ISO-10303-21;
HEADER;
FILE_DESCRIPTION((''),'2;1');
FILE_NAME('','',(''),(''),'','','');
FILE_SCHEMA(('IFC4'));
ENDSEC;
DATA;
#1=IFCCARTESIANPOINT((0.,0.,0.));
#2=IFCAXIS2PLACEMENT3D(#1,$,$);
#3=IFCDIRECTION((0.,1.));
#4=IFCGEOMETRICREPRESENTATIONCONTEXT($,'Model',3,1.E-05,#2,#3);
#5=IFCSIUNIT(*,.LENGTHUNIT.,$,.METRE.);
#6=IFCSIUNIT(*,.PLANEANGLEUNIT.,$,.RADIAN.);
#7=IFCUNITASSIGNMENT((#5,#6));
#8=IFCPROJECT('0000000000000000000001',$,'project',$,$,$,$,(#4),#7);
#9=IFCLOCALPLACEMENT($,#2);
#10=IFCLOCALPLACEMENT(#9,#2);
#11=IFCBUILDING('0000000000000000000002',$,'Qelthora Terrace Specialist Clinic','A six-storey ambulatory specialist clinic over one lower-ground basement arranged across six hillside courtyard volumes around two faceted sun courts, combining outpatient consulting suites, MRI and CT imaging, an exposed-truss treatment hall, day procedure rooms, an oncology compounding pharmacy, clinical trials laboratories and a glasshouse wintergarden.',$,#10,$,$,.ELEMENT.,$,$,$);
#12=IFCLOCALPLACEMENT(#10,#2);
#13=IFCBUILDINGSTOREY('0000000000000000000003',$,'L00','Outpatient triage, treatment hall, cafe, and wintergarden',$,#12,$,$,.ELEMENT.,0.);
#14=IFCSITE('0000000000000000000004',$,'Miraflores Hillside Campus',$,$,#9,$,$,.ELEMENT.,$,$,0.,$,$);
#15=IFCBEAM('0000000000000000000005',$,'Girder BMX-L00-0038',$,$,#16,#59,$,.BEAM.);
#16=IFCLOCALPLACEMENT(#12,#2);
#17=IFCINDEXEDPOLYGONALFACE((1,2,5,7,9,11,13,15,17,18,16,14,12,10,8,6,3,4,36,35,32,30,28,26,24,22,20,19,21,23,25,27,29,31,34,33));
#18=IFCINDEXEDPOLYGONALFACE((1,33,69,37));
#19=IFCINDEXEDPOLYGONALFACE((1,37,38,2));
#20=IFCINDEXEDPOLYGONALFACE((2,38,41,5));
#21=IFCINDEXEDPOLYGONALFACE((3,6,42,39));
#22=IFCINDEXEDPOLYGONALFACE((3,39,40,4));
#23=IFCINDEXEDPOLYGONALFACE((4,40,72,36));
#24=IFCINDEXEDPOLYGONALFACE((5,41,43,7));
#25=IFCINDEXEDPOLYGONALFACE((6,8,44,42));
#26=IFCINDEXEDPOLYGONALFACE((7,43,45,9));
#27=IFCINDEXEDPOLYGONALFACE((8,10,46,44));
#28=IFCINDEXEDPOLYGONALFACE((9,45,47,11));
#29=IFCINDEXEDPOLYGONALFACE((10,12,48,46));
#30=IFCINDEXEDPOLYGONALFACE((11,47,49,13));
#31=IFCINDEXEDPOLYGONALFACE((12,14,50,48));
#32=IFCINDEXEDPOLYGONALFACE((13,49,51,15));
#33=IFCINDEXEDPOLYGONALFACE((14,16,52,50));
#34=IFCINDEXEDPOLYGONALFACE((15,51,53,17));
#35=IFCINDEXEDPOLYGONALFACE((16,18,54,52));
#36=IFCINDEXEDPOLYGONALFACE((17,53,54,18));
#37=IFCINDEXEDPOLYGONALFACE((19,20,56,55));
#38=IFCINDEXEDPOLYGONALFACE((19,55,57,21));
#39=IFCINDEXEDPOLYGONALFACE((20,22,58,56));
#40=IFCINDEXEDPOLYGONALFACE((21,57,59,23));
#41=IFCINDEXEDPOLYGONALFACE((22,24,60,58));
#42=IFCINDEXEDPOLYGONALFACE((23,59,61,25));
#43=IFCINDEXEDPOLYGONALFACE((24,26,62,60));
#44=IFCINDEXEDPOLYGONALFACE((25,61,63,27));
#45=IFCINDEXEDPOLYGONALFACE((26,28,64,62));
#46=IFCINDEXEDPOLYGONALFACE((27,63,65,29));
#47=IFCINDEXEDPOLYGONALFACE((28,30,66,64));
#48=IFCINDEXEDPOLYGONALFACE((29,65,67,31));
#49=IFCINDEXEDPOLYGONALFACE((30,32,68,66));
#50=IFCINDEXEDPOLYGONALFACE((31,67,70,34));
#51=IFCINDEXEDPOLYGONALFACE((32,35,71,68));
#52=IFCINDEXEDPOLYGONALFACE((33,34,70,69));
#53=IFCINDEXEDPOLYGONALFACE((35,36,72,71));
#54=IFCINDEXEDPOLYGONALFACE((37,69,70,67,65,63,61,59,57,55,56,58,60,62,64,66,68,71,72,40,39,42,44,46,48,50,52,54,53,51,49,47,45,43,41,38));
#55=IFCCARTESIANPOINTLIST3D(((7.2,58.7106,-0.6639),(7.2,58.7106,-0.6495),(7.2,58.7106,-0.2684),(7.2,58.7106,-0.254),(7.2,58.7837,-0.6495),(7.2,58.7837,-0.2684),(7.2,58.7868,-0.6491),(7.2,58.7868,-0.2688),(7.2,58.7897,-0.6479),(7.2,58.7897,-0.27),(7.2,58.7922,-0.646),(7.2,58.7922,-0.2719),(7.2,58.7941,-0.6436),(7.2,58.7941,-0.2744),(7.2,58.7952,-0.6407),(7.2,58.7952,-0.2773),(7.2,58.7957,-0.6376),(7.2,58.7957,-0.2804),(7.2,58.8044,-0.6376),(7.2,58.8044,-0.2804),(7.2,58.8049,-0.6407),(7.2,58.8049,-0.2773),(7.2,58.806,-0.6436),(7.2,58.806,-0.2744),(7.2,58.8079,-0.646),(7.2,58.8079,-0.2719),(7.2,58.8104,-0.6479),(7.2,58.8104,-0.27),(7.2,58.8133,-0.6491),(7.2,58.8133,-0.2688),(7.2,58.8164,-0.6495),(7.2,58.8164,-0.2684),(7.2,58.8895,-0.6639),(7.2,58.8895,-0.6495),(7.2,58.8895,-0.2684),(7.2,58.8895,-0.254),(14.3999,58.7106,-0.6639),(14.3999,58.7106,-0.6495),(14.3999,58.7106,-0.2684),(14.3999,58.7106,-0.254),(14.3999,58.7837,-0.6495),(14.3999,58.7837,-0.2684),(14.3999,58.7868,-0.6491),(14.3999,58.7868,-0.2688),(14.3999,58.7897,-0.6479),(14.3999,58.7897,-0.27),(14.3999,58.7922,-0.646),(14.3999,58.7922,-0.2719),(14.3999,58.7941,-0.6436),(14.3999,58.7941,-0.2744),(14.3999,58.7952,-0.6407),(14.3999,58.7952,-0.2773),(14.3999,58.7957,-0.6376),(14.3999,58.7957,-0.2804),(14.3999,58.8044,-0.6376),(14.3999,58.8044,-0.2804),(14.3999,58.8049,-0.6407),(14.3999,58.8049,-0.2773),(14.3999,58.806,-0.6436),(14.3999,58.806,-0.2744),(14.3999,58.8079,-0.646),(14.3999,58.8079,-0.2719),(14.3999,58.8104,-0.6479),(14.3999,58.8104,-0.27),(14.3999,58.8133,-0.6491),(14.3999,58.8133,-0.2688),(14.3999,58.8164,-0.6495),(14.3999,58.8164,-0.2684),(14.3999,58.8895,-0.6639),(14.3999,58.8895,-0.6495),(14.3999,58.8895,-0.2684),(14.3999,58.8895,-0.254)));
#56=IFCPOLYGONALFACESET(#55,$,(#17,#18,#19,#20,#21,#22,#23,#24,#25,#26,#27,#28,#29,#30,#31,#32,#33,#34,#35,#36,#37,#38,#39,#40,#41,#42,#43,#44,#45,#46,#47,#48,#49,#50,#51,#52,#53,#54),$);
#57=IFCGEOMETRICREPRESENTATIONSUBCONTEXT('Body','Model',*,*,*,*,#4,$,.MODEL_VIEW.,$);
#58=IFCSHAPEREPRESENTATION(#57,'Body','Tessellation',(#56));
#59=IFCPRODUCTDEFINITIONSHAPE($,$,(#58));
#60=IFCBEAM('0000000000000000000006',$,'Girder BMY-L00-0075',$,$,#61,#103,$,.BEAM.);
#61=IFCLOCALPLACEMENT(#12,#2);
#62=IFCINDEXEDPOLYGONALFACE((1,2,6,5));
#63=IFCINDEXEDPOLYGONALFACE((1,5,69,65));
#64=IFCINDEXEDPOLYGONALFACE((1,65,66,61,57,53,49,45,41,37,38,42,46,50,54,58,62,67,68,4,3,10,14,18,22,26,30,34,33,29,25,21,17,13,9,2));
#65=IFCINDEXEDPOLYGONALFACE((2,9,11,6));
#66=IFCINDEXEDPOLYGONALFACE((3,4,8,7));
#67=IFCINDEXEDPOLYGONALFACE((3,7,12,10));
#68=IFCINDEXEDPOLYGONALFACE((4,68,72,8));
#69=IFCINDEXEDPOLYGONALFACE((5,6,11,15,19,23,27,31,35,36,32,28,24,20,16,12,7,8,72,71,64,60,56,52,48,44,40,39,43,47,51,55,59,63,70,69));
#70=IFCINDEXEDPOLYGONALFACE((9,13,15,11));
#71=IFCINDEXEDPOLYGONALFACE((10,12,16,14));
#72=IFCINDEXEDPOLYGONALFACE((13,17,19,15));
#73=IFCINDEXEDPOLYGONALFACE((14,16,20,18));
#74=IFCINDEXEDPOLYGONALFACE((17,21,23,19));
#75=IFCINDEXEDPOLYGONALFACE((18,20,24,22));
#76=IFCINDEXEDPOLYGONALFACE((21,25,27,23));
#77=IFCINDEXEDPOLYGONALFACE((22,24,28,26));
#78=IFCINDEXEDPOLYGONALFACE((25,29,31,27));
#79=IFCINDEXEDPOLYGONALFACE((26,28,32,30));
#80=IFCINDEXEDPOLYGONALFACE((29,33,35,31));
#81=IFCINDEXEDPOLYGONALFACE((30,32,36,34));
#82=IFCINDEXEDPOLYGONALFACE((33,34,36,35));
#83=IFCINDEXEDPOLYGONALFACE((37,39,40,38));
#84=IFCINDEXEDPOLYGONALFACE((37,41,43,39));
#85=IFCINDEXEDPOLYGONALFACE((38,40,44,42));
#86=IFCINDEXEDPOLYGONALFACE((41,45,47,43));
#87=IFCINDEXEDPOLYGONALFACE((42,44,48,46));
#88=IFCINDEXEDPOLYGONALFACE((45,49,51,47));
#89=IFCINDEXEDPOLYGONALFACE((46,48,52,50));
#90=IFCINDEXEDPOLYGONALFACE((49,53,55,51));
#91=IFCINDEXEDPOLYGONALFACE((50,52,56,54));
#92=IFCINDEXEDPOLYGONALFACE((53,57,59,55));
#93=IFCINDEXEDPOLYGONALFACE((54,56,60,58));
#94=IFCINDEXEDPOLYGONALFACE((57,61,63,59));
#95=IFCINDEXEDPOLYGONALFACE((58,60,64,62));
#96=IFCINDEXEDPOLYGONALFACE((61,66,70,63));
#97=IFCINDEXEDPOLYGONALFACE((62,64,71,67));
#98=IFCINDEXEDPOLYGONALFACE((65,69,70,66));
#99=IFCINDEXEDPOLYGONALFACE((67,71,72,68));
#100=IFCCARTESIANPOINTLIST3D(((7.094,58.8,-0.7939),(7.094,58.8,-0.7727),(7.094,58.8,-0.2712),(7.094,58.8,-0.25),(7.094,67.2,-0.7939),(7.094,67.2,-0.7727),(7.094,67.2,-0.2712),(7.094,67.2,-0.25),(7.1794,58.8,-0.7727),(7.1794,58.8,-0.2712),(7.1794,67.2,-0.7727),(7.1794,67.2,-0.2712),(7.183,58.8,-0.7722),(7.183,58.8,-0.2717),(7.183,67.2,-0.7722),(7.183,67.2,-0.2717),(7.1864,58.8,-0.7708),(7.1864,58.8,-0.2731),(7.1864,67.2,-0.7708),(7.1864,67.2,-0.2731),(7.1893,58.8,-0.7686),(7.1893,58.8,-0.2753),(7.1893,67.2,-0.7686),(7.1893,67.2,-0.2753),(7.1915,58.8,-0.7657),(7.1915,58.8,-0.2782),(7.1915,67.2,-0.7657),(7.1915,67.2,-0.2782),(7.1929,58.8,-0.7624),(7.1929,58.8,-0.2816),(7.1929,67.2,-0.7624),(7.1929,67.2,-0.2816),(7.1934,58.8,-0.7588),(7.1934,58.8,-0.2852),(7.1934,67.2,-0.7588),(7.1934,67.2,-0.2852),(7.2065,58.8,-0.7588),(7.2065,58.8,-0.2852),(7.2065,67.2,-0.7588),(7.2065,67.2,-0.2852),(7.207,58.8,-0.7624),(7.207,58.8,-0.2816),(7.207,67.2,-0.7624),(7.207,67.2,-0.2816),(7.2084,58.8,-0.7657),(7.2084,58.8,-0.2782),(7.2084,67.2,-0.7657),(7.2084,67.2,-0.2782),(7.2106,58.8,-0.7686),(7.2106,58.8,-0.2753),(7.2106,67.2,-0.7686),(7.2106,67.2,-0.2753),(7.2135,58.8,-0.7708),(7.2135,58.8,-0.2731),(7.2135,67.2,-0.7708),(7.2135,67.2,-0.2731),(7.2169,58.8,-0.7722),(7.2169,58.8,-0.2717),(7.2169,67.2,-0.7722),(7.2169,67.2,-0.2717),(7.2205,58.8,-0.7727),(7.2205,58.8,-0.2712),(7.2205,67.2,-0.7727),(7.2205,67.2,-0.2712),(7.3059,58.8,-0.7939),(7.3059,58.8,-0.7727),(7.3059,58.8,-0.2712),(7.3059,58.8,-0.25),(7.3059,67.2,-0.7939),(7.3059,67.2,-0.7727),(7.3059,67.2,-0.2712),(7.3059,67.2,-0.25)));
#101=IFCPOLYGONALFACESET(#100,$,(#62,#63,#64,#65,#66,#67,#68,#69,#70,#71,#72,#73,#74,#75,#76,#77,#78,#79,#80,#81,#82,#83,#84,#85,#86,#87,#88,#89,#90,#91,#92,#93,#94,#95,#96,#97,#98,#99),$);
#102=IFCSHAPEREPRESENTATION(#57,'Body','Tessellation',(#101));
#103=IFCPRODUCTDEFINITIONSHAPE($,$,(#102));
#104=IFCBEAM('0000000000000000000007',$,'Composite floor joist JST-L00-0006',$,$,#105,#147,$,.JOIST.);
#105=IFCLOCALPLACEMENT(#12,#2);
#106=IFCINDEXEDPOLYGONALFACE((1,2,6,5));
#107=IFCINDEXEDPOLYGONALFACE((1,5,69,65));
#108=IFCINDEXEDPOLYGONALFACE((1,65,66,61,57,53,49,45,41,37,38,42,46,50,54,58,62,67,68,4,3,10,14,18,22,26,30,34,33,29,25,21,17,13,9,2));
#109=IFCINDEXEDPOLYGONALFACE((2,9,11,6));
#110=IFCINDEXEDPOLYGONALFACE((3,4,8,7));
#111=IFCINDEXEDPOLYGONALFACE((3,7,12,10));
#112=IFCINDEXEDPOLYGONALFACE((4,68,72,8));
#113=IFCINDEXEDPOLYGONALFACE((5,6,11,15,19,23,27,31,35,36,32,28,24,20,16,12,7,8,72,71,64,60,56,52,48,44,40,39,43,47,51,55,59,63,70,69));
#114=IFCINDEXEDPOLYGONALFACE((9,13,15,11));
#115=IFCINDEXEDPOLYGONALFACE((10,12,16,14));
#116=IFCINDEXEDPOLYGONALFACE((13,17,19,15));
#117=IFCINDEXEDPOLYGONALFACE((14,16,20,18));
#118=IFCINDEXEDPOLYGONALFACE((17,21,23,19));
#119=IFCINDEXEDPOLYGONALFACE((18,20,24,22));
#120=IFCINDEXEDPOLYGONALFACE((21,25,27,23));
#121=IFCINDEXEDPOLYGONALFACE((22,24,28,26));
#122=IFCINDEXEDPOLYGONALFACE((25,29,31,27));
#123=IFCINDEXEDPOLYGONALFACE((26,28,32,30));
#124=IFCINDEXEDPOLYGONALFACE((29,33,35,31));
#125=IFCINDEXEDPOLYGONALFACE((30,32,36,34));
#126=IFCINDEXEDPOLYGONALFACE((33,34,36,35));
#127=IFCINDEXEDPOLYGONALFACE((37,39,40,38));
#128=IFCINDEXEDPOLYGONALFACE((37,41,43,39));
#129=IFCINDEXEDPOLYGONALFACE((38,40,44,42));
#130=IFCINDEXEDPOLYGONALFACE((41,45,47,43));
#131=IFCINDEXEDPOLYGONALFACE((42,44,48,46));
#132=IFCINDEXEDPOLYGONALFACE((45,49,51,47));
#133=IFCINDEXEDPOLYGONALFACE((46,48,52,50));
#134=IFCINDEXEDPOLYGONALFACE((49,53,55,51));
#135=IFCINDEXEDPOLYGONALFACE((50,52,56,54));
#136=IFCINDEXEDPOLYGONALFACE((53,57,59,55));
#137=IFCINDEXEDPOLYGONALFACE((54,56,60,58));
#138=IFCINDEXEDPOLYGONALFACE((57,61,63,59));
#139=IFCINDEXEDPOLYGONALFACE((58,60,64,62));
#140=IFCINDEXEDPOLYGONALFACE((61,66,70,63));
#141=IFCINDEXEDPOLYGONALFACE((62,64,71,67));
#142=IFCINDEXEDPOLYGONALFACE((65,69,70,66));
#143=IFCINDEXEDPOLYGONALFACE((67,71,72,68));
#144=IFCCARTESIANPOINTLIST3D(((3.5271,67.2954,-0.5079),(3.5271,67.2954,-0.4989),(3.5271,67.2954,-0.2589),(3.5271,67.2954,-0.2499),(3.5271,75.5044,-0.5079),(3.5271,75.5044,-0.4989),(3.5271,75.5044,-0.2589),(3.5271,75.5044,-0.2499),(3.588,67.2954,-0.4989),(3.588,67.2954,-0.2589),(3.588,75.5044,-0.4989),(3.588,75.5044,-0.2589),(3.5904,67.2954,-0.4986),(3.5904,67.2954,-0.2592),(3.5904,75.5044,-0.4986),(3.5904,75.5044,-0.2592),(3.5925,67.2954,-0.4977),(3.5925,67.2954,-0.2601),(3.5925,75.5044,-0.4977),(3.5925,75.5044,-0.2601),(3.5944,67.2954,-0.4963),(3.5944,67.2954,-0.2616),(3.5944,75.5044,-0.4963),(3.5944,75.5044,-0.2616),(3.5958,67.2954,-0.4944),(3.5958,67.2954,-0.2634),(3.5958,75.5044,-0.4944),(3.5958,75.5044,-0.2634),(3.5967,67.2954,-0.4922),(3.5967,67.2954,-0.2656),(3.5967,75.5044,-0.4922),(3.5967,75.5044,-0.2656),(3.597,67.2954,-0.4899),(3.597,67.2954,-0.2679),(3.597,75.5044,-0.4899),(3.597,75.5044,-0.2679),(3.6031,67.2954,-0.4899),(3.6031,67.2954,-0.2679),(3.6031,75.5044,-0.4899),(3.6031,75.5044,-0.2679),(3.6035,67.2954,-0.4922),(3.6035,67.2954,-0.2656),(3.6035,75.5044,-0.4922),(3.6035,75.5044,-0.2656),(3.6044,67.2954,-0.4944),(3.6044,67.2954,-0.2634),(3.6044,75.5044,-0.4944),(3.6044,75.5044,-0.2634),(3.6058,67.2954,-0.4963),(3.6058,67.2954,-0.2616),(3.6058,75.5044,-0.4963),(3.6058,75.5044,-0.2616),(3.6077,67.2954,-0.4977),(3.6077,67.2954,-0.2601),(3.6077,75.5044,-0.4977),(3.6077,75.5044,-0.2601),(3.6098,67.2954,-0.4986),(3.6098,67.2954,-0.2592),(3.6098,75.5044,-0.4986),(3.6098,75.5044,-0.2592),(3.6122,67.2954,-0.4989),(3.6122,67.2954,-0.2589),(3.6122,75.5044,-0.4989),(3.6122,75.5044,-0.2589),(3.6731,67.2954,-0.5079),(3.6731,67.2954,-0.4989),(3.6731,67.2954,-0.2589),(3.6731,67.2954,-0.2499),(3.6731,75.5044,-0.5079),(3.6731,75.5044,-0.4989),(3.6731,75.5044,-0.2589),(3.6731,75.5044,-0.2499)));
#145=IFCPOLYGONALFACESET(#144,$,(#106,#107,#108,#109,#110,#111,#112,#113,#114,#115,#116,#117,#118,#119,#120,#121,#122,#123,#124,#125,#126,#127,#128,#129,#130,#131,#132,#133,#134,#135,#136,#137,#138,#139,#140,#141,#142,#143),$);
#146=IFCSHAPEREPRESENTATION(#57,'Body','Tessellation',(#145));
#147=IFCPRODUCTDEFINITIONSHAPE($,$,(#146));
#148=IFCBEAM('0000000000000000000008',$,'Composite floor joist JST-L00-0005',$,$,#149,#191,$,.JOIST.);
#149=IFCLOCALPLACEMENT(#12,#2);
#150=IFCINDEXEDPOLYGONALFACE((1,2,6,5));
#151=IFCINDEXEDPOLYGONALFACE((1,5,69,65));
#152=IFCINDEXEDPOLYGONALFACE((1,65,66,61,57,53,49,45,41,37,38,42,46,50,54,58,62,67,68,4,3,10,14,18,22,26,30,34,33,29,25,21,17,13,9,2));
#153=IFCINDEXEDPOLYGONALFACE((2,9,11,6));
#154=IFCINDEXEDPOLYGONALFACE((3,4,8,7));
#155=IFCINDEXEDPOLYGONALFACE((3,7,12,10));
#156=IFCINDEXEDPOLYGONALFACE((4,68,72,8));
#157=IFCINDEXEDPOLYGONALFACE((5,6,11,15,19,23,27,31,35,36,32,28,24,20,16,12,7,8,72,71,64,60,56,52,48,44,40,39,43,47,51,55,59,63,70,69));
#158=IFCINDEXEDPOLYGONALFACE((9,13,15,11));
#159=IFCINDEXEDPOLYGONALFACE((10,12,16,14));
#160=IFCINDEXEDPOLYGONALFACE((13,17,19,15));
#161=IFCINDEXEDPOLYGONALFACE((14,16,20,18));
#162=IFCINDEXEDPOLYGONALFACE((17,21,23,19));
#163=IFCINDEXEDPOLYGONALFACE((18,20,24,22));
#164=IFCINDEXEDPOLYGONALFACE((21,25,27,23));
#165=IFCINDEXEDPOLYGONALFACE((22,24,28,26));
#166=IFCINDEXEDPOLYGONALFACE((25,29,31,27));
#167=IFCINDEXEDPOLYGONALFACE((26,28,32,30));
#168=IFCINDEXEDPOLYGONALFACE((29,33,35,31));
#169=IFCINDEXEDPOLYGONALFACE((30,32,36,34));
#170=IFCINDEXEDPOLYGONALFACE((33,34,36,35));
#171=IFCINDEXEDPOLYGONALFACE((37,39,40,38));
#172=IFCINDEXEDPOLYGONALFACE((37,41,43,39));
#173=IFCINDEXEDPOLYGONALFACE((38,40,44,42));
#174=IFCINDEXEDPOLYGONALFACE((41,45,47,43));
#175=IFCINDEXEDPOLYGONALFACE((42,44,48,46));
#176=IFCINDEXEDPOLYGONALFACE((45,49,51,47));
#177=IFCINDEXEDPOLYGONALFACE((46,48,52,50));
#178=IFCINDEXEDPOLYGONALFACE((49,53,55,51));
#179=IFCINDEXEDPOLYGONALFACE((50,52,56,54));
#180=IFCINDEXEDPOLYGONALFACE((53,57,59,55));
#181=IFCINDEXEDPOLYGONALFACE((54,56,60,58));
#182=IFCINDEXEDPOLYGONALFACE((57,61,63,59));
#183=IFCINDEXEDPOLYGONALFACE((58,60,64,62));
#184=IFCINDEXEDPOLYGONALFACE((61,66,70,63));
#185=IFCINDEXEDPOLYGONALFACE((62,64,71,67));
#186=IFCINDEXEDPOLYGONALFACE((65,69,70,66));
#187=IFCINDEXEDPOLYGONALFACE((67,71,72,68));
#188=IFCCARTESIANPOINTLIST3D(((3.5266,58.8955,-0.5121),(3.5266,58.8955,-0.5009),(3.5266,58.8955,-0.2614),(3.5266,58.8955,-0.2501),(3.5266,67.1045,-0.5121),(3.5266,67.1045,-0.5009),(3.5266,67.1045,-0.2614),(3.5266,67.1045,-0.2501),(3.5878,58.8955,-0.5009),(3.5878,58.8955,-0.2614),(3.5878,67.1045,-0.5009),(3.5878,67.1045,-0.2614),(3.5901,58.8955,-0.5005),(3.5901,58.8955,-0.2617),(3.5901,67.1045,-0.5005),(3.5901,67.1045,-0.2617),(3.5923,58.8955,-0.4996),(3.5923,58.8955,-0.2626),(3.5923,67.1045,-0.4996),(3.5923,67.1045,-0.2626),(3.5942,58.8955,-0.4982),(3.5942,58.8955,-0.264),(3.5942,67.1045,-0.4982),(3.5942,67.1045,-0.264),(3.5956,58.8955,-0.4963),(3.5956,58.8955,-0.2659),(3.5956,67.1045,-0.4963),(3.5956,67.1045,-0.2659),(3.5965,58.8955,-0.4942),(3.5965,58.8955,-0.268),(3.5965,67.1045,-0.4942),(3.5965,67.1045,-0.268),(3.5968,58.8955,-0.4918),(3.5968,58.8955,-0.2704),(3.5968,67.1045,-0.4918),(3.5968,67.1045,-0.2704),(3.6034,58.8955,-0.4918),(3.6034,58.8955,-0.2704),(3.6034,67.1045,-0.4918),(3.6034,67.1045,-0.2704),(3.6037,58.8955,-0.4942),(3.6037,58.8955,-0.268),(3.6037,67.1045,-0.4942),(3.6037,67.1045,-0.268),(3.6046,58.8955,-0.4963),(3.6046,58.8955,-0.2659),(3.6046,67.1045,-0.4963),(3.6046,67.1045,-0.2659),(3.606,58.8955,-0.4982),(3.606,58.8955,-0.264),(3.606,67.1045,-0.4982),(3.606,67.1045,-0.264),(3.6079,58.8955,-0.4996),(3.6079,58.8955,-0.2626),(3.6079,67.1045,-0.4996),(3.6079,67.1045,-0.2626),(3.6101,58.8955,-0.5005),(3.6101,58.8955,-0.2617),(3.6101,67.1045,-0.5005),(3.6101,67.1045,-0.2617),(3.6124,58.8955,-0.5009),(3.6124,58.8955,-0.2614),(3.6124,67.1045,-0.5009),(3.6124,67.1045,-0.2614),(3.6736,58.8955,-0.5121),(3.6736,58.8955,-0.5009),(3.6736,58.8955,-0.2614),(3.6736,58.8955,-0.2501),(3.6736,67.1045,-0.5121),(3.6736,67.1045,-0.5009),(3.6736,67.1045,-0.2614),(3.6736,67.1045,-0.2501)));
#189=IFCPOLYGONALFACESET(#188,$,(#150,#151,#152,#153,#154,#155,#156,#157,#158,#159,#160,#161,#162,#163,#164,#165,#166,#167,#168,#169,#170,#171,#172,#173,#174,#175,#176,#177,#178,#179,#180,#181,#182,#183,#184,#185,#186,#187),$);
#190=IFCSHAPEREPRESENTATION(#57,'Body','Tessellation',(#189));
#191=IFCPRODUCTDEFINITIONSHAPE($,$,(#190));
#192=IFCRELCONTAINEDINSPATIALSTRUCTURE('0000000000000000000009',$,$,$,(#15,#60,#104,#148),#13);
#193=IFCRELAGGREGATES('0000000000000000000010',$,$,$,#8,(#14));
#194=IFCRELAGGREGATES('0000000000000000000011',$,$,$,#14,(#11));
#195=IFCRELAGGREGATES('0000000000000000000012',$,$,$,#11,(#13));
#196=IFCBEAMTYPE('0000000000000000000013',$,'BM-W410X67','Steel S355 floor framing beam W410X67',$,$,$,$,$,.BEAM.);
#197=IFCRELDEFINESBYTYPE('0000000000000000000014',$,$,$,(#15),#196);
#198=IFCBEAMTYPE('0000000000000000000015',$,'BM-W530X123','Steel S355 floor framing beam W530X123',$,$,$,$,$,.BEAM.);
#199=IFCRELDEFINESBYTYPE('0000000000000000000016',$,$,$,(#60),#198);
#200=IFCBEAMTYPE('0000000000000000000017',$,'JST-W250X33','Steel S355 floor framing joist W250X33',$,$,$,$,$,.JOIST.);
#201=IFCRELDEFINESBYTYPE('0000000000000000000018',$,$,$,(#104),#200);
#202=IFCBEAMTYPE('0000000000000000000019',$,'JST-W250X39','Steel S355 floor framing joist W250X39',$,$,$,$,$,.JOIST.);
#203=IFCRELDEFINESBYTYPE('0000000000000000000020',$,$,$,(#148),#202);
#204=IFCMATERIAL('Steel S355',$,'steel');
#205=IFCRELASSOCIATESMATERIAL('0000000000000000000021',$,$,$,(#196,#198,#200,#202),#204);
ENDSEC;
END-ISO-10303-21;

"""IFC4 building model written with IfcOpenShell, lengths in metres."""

from ifc_helpers import new_model, si_unit, direction, frame, origin, origin_2d, place, context, subcontext, project, spatial, i_section, extrude, material, material_profile, profile_set, type_object, element, save


model = new_model("IFC4")

# Units and contexts
model_context = context("Model", 3, precision=1e-05, world=origin(), true_north=direction((0.0, 1.0)))
body_context = subcontext(model_context, "Body", "Model", "MODEL_VIEW")
ifc_project = project(units=[si_unit("LENGTHUNIT", "METRE"), si_unit("PLANEANGLEUNIT", "RADIAN")], contexts=[model_context])

# Site, building, storey
site_placement = place(None, origin())
site = spatial("IfcSite", under=ifc_project, at=site_placement, Name="Miraflores Hillside Campus", CompositionType="ELEMENT", RefElevation=0.0)
building_placement = place(site_placement, origin())
building = spatial("IfcBuilding", under=site, at=building_placement, Name="Qelthora Terrace Specialist Clinic", Description="A six-storey ambulatory specialist clinic over one lower-ground basement arranged across six hillside courtyard volumes around two faceted sun courts, combining outpatient consulting suites, MRI and CT imaging, an exposed-truss treatment hall, day procedure rooms, an oncology compounding pharmacy, clinical trials laboratories and a glasshouse wintergarden.", CompositionType="ELEMENT")
storey_placement = place(building_placement, origin())
storey = spatial("IfcBuildingStorey", under=building, at=storey_placement, Name="L00", Description="Outpatient triage, treatment hall, cafe, and wintergarden", CompositionType="ELEMENT", Elevation=0.0)

# Shared definitions
ifc_material_1 = material(Name="Steel S355", Category="steel")

# Beams
ifc_material_profile_1 = material_profile(ifc_material_1, i_section(OverallWidth=0.179, OverallDepth=0.4099, WebThickness=0.0088, FlangeThickness=0.0144, FilletRadius=0.012, at=origin_2d()), Name="W410X67")
ifc_profile_set_1 = profile_set([ifc_material_profile_1], Name="Steel S355")
beam_type_1 = type_object("IfcBeamType", Name="BM-W410X67", Description="Steel S355 floor framing beam W410X67", PredefinedType="BEAM", material=ifc_profile_set_1)
beam_1_placement = place(storey_placement, frame((7.2, 58.8, -0.459), z_axis=(1.0, 0.0, 0.0), x_axis=(0.0, 1.0, 0.0)))
element("IfcBeam", 1, at=beam_1_placement, inside=storey, type_object=beam_type_1, Name="Girder BMX-L00-0038", PredefinedType="BEAM", context=body_context, shape_type="SweptSolid", body=[
    extrude(i_section(OverallWidth=0.179, OverallDepth=0.4099, WebThickness=0.0088, FlangeThickness=0.0144, FilletRadius=0.012, at=origin_2d()), origin(), (0.0, 0.0, 1.0), 7.2),
])
ifc_material_profile_2 = material_profile(ifc_material_1, i_section(OverallWidth=0.2119, OverallDepth=0.5439, WebThickness=0.0132, FlangeThickness=0.0212, FilletRadius=0.0139, at=origin_2d()), Name="W530X123")
ifc_profile_set_2 = profile_set([ifc_material_profile_2], Name="Steel S355")
beam_type_2 = type_object("IfcBeamType", Name="BM-W530X123", Description="Steel S355 floor framing beam W530X123", PredefinedType="BEAM", material=ifc_profile_set_2)
beam_2_placement = place(storey_placement, frame((7.2, 58.8, -0.522), z_axis=(0.0, 1.0, 0.0), x_axis=(-1.0, 0.0, 0.0)))
element("IfcBeam", 2, at=beam_2_placement, inside=storey, type_object=beam_type_2, Name="Girder BMY-L00-0075", PredefinedType="BEAM", context=body_context, shape_type="SweptSolid", body=[
    extrude(i_section(OverallWidth=0.2119, OverallDepth=0.5439, WebThickness=0.0132, FlangeThickness=0.0212, FilletRadius=0.0139, at=origin_2d()), origin(), (0.0, 0.0, 1.0), 8.3999),
])
ifc_material_profile_3 = material_profile(ifc_material_1, i_section(OverallWidth=0.146, OverallDepth=0.2581, WebThickness=0.0061, FlangeThickness=0.009, FilletRadius=0.009, at=origin_2d()), Name="W250X33")
ifc_profile_set_3 = profile_set([ifc_material_profile_3], Name="Steel S355")
beam_type_3 = type_object("IfcBeamType", Name="JST-W250X33", Description="Steel S355 floor framing joist W250X33", PredefinedType="JOIST", material=ifc_profile_set_3)
beam_3_placement = place(storey_placement, frame((3.6001, 67.2954, -0.3789), z_axis=(0.0, 1.0, 0.0), x_axis=(-1.0, 0.0, 0.0)))
element("IfcBeam", 3, at=beam_3_placement, inside=storey, type_object=beam_type_3, Name="Composite floor joist JST-L00-0006", PredefinedType="JOIST", context=body_context, shape_type="SweptSolid", body=[
    extrude(i_section(OverallWidth=0.146, OverallDepth=0.2581, WebThickness=0.0061, FlangeThickness=0.009, FilletRadius=0.009, at=origin_2d()), origin(), (0.0, 0.0, 1.0), 8.209),
])
ifc_material_profile_4 = material_profile(ifc_material_1, i_section(OverallWidth=0.147, OverallDepth=0.262, WebThickness=0.0066, FlangeThickness=0.0112, FilletRadius=0.009, at=origin_2d()), Name="W250X39")
ifc_profile_set_4 = profile_set([ifc_material_profile_4], Name="Steel S355")
beam_type_4 = type_object("IfcBeamType", Name="JST-W250X39", Description="Steel S355 floor framing joist W250X39", PredefinedType="JOIST", material=ifc_profile_set_4)
beam_4_placement = place(storey_placement, frame((3.6001, 58.8955, -0.3811), z_axis=(0.0, 1.0, 0.0), x_axis=(-1.0, 0.0, 0.0)))
element("IfcBeam", 4, at=beam_4_placement, inside=storey, type_object=beam_type_4, Name="Composite floor joist JST-L00-0005", PredefinedType="JOIST", context=body_context, shape_type="SweptSolid", body=[
    extrude(i_section(OverallWidth=0.147, OverallDepth=0.262, WebThickness=0.0066, FlangeThickness=0.0112, FilletRadius=0.009, at=origin_2d()), origin(), (0.0, 0.0, 1.0), 8.209),
])

save(model, "model.ifc")
